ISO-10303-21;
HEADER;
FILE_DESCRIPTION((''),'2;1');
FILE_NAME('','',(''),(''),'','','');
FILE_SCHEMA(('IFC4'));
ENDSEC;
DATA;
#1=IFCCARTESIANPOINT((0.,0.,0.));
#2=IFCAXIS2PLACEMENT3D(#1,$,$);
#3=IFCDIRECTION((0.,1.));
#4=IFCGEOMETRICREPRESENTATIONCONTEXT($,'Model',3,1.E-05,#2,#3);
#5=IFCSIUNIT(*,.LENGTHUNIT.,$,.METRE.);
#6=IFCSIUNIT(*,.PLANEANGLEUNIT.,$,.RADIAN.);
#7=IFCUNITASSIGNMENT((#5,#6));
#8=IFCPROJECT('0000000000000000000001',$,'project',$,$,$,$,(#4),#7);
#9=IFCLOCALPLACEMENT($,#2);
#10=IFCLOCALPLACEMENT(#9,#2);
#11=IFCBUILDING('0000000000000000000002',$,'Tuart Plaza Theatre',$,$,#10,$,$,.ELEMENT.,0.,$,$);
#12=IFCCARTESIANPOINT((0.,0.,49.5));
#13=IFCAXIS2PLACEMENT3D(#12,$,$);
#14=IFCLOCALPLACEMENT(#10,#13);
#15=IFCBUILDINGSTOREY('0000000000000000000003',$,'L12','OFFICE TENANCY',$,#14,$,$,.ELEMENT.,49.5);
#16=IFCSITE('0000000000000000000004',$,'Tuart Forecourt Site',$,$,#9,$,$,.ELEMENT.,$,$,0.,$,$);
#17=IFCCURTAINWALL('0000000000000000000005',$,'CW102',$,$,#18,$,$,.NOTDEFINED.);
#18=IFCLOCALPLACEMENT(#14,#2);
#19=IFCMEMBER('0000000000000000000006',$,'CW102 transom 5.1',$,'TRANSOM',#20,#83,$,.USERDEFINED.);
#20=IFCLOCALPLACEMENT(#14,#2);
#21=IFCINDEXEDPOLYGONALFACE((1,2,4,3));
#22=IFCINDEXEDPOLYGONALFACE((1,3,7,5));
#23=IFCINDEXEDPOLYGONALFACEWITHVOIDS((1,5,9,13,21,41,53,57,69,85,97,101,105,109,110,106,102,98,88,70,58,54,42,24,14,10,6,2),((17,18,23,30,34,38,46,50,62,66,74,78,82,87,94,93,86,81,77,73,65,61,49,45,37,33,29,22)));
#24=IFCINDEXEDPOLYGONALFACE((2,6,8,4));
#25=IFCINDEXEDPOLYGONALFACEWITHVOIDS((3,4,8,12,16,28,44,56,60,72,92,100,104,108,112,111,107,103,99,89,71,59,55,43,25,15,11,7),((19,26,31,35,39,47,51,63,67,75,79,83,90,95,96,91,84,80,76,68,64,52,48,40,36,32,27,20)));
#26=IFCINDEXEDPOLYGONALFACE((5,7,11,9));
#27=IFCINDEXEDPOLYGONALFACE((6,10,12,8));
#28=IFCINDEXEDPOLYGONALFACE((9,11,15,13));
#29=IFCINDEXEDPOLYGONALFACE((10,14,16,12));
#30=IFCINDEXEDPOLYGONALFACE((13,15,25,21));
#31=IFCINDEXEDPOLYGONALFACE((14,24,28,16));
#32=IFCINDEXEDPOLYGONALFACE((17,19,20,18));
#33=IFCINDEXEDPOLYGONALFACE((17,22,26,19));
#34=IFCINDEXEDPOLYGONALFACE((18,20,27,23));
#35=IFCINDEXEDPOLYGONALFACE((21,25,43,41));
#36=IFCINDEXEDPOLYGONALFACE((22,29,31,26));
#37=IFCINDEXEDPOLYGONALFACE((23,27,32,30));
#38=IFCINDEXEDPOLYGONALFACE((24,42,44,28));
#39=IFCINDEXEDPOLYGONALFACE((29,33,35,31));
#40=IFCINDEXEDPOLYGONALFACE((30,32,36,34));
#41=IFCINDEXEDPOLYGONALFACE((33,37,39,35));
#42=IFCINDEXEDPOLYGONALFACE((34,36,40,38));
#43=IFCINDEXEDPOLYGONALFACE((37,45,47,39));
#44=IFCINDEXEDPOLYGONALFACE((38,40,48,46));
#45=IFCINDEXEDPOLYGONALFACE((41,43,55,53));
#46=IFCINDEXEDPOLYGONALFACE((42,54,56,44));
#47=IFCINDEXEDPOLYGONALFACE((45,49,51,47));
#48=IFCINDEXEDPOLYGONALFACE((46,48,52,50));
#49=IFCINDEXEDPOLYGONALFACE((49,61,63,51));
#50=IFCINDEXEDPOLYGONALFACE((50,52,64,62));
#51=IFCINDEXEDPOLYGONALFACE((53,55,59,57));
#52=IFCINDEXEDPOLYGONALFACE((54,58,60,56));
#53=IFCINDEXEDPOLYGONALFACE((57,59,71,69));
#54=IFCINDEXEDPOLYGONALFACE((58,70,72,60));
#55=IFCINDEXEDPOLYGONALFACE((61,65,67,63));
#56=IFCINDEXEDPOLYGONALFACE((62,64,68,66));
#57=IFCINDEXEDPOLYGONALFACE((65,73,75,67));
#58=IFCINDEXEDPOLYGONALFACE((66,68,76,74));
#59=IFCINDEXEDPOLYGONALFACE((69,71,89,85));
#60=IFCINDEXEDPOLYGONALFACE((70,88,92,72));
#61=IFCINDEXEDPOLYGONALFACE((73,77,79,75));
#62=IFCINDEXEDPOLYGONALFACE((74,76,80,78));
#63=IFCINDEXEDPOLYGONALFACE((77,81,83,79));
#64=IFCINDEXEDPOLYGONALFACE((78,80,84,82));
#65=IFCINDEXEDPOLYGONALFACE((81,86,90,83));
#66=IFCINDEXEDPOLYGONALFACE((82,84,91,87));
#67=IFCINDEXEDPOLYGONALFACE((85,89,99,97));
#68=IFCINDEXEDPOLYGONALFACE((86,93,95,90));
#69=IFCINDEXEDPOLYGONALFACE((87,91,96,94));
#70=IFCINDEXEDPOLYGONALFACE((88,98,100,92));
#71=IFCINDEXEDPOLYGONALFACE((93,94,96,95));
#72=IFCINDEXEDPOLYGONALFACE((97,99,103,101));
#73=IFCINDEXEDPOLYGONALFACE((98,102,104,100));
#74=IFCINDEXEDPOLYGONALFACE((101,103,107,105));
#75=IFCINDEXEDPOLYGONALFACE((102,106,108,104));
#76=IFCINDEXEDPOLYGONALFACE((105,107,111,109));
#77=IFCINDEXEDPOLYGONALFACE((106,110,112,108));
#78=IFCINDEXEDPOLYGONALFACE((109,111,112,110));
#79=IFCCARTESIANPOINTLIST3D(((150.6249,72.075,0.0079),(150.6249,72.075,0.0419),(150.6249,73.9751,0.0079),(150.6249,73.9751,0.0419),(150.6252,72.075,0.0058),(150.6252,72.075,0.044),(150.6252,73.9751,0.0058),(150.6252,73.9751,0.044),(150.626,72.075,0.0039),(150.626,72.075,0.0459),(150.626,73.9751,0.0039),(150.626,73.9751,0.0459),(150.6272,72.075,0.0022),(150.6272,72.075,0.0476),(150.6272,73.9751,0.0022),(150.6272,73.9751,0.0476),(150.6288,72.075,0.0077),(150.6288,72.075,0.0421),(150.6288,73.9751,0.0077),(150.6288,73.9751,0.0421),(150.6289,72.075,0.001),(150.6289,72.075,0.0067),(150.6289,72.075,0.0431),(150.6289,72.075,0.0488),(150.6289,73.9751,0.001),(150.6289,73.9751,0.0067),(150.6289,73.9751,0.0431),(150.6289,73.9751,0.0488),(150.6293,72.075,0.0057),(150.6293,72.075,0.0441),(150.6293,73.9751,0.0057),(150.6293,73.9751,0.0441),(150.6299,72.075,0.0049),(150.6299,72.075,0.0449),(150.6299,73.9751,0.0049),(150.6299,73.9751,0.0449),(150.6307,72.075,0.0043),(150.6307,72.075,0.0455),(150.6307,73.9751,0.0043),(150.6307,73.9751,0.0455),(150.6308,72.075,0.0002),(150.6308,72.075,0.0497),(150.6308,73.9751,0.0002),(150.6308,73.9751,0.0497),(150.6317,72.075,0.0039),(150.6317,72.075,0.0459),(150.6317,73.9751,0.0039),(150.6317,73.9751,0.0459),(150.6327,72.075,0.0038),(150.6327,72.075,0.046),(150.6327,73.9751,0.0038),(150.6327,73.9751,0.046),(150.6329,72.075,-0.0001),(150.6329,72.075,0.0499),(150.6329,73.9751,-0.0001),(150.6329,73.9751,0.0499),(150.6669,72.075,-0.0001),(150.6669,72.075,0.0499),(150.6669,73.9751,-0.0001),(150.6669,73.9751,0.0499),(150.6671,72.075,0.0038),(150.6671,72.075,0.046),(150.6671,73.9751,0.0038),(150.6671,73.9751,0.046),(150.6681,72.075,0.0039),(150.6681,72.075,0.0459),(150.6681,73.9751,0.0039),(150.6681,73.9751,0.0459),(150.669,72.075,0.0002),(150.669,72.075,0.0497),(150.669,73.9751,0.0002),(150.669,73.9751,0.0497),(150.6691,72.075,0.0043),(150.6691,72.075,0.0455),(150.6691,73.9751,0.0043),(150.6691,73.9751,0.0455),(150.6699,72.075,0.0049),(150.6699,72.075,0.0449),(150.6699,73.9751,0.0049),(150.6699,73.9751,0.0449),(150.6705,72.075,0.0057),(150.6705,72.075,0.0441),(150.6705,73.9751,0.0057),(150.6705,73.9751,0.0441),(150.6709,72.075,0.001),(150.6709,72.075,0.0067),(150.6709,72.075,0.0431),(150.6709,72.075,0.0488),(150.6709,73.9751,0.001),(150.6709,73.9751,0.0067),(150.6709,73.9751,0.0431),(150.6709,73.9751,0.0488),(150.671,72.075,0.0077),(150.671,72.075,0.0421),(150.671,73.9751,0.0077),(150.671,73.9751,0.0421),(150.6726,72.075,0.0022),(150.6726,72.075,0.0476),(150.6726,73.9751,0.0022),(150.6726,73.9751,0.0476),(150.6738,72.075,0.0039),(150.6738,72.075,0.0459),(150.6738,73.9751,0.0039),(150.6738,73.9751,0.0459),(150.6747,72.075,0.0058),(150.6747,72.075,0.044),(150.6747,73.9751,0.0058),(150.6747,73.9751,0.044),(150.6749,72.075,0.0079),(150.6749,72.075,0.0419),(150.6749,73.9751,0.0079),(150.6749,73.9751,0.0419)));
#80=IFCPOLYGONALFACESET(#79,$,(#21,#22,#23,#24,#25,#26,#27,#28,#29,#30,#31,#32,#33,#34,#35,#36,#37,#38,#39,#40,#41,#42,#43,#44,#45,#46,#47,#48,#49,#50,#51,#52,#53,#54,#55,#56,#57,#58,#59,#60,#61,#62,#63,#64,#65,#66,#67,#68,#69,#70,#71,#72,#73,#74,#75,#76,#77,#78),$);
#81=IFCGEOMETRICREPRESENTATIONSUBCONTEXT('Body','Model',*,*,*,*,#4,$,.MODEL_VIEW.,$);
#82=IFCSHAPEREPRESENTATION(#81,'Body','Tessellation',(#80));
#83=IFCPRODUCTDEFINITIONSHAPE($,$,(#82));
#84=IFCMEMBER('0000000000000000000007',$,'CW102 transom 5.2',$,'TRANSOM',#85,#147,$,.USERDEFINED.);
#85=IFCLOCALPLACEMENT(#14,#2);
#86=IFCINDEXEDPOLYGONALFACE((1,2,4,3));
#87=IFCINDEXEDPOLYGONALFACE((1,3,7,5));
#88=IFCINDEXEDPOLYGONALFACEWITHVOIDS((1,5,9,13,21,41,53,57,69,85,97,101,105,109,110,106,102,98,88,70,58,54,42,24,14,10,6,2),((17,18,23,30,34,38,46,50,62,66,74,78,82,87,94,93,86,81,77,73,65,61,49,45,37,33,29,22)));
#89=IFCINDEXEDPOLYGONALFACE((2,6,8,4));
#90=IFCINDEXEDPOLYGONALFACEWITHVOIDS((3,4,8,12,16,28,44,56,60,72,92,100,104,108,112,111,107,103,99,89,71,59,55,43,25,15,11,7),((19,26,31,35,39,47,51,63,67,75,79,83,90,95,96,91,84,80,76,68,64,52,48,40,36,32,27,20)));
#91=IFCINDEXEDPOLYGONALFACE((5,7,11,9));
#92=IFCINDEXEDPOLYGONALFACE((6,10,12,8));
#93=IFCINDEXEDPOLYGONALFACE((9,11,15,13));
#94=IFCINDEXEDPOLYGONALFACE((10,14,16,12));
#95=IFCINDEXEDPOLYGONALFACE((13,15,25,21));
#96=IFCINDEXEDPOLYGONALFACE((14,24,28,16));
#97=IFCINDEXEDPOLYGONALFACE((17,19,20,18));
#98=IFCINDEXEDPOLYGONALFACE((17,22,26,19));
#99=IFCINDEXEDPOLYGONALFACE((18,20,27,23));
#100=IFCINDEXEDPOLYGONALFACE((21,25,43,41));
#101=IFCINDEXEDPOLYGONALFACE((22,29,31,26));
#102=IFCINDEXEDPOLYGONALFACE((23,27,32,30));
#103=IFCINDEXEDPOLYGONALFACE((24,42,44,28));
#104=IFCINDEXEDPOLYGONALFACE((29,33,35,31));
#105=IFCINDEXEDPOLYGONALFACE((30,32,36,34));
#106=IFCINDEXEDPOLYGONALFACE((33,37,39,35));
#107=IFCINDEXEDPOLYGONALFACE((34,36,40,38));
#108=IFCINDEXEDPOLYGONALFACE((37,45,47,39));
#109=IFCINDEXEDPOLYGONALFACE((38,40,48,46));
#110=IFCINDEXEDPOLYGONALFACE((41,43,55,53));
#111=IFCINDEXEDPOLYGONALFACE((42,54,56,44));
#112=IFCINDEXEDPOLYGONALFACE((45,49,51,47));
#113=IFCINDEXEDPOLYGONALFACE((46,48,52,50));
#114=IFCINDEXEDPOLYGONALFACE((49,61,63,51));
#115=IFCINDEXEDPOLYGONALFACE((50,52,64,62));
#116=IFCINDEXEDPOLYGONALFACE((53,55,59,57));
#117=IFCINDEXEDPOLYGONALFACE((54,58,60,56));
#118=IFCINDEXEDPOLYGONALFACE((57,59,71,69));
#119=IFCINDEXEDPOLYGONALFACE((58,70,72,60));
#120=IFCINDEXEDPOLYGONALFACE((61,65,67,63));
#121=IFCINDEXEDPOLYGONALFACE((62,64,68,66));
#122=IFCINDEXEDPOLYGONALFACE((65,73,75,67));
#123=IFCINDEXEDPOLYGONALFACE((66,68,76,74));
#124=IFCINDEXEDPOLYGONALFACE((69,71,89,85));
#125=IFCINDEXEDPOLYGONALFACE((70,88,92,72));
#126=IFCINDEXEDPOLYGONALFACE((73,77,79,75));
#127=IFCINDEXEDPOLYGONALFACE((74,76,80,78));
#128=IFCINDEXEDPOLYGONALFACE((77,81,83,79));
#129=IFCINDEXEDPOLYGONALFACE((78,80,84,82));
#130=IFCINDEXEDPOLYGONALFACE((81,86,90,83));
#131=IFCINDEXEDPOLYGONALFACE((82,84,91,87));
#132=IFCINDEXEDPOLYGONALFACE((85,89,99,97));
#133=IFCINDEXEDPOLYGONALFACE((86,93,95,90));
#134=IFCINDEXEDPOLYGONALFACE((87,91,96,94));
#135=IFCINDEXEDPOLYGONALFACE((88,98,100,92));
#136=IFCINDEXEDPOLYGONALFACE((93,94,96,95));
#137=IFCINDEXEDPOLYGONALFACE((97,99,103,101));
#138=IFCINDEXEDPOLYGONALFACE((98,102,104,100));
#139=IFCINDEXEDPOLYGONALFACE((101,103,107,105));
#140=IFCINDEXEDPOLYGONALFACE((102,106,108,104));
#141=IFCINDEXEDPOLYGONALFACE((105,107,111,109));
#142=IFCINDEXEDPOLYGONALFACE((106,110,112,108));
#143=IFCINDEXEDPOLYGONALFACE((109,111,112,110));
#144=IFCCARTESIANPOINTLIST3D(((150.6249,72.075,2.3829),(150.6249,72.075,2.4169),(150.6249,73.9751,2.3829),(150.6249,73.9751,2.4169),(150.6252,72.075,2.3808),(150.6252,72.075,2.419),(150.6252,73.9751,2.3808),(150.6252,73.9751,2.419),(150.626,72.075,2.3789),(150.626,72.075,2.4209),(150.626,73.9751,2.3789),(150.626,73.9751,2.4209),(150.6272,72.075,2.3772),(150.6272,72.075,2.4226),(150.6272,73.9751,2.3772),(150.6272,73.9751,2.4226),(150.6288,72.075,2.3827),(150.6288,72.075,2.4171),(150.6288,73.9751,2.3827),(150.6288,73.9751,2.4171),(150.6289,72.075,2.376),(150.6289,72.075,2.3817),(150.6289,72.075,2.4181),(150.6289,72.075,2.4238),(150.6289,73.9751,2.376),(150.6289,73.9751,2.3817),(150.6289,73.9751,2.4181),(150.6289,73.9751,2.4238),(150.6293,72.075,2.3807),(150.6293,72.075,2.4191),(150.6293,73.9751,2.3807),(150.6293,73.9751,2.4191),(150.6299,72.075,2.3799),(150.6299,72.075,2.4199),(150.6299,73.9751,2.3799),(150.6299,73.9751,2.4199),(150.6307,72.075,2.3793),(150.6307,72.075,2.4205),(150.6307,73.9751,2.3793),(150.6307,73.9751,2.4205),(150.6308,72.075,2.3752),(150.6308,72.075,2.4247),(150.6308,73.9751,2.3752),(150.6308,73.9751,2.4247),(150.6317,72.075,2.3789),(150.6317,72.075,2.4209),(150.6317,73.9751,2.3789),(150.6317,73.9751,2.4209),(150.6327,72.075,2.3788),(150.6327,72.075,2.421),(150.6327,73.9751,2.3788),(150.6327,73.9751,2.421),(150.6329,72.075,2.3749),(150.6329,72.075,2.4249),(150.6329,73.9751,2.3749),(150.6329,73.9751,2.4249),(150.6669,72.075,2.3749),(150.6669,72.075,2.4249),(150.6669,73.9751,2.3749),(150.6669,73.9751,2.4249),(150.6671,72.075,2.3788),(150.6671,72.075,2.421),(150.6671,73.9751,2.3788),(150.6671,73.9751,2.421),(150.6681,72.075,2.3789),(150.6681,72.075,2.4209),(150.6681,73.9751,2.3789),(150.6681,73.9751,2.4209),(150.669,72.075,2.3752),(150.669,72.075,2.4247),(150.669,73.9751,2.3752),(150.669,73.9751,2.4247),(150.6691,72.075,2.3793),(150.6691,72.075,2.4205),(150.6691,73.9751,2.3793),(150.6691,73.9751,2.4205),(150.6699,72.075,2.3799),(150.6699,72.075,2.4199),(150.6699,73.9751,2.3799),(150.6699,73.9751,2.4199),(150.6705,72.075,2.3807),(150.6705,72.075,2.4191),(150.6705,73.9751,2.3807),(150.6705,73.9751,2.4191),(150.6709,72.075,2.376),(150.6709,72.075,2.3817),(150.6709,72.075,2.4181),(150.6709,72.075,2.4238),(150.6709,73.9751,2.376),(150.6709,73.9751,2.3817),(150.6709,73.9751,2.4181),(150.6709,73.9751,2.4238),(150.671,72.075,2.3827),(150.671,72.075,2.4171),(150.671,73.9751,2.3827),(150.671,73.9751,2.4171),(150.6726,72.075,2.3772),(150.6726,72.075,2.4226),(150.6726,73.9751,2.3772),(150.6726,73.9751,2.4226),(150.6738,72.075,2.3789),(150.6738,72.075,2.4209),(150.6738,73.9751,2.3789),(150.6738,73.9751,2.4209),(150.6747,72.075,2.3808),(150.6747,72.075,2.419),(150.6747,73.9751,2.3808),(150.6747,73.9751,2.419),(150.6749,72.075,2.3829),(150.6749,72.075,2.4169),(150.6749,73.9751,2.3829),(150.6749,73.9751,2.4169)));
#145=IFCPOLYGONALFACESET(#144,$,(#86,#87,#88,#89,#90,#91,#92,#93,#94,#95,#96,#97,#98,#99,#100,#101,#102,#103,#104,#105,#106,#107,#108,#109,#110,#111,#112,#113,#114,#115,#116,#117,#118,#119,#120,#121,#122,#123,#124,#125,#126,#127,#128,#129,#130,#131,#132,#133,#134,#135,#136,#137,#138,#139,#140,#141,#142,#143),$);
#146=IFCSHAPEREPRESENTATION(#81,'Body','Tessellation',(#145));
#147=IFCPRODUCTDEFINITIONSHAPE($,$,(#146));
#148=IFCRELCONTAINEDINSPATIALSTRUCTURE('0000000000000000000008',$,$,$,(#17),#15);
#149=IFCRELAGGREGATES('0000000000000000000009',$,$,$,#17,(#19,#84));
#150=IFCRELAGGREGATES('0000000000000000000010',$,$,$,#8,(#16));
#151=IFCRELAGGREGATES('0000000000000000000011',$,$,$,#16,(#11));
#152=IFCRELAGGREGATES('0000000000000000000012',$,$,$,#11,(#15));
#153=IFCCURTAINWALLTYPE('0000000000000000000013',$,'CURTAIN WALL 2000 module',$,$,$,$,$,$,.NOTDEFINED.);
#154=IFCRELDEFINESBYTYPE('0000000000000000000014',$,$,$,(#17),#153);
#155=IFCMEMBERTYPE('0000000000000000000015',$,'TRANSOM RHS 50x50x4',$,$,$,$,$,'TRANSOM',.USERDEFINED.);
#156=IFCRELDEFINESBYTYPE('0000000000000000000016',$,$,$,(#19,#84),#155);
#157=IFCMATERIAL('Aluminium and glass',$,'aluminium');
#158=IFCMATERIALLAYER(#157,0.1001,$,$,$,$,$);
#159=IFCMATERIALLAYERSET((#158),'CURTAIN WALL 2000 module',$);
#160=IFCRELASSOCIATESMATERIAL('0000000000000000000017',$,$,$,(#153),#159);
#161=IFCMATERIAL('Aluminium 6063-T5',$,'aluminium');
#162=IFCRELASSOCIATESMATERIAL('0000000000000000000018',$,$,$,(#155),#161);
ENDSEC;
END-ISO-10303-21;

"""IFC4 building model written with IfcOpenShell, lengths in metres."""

from ifc_helpers import new_model, si_unit, direction, frame, origin, origin_2d, place, context, subcontext, project, spatial, hollow_rectangle, extrude, material, layer, layer_set, material_profile, profile_set, type_object, element, aggregate, save


model = new_model("IFC4")

# Units and contexts
model_context = context("Model", 3, precision=1e-05, world=origin(), true_north=direction((0.0, 1.0)))
body_context = subcontext(model_context, "Body", "Model", "MODEL_VIEW")
ifc_project = project(units=[si_unit("LENGTHUNIT", "METRE"), si_unit("PLANEANGLEUNIT", "RADIAN")], contexts=[model_context])

# Site, building, storey
site_placement = place(None, origin())
site = spatial("IfcSite", under=ifc_project, at=site_placement, Name="Tuart Forecourt Site", CompositionType="ELEMENT", RefElevation=0.0)
building_placement = place(site_placement, origin())
building = spatial("IfcBuilding", under=site, at=building_placement, Name="Tuart Plaza Theatre", CompositionType="ELEMENT", ElevationOfRefHeight=0.0)
storey_placement = place(building_placement, frame((0.0, 0.0, 49.5)))
storey = spatial("IfcBuildingStorey", under=building, at=storey_placement, Name="L12", Description="OFFICE TENANCY", CompositionType="ELEMENT", Elevation=49.5)

# Curtain wall, members
ifc_material_1 = material(Name="Aluminium and glass", Category="aluminium")
ifc_layer_1 = layer(ifc_material_1, 0.1001)
ifc_layer_set_1 = layer_set([ifc_layer_1], Name="CURTAIN WALL 2000 module")
curtain_wall_type = type_object("IfcCurtainWallType", Name="CURTAIN WALL 2000 module", PredefinedType="NOTDEFINED", material=ifc_layer_set_1)
curtain_wall_placement = place(storey_placement, origin())
curtain_wall = element("IfcCurtainWall", 1, at=curtain_wall_placement, inside=storey, type_object=curtain_wall_type, Name="CW102", PredefinedType="NOTDEFINED")
ifc_material_2 = material(Name="Aluminium 6063-T5", Category="aluminium")
ifc_material_profile_1 = material_profile(ifc_material_2, hollow_rectangle(XDim=0.05, YDim=0.05, WallThickness=0.0039, InnerFilletRadius=0.0039, OuterFilletRadius=0.0081, at=origin_2d()), Name="RHS 50x50x4")
ifc_profile_set_1 = profile_set([ifc_material_profile_1], Name="Aluminium 6063-T5")
member_type_1 = type_object("IfcMemberType", Name="TRANSOM RHS 50x50x4", ElementType="TRANSOM", PredefinedType="USERDEFINED", material=ifc_profile_set_1)
member_1_placement = place(storey_placement, frame((150.6499, 72.075, 0.0249), z_axis=(0.0, 1.0, 0.0), x_axis=(-1.0, 0.0, 0.0)))
member_1 = element("IfcMember", 2, at=member_1_placement, type_object=member_type_1, Name="CW102 transom 5.1", ObjectType="TRANSOM", PredefinedType="USERDEFINED", context=body_context, shape_type="SweptSolid", body=[
    extrude(hollow_rectangle(XDim=0.05, YDim=0.05, WallThickness=0.0039, InnerFilletRadius=0.0039, OuterFilletRadius=0.0081, at=origin_2d()), origin(), (0.0, 0.0, 1.0), 1.9001),
])
member_2_placement = place(storey_placement, frame((150.6499, 72.075, 2.3999), z_axis=(0.0, 1.0, 0.0), x_axis=(-1.0, 0.0, 0.0)))
member_2 = element("IfcMember", 3, at=member_2_placement, type_object=member_type_1, Name="CW102 transom 5.2", ObjectType="TRANSOM", PredefinedType="USERDEFINED", context=body_context, shape_type="SweptSolid", body=[
    extrude(hollow_rectangle(XDim=0.05, YDim=0.05, WallThickness=0.0039, InnerFilletRadius=0.0039, OuterFilletRadius=0.0081, at=origin_2d()), origin(), (0.0, 0.0, 1.0), 1.9001),
])
aggregate(curtain_wall, [member_1, member_2])

save(model, "model.ifc")
